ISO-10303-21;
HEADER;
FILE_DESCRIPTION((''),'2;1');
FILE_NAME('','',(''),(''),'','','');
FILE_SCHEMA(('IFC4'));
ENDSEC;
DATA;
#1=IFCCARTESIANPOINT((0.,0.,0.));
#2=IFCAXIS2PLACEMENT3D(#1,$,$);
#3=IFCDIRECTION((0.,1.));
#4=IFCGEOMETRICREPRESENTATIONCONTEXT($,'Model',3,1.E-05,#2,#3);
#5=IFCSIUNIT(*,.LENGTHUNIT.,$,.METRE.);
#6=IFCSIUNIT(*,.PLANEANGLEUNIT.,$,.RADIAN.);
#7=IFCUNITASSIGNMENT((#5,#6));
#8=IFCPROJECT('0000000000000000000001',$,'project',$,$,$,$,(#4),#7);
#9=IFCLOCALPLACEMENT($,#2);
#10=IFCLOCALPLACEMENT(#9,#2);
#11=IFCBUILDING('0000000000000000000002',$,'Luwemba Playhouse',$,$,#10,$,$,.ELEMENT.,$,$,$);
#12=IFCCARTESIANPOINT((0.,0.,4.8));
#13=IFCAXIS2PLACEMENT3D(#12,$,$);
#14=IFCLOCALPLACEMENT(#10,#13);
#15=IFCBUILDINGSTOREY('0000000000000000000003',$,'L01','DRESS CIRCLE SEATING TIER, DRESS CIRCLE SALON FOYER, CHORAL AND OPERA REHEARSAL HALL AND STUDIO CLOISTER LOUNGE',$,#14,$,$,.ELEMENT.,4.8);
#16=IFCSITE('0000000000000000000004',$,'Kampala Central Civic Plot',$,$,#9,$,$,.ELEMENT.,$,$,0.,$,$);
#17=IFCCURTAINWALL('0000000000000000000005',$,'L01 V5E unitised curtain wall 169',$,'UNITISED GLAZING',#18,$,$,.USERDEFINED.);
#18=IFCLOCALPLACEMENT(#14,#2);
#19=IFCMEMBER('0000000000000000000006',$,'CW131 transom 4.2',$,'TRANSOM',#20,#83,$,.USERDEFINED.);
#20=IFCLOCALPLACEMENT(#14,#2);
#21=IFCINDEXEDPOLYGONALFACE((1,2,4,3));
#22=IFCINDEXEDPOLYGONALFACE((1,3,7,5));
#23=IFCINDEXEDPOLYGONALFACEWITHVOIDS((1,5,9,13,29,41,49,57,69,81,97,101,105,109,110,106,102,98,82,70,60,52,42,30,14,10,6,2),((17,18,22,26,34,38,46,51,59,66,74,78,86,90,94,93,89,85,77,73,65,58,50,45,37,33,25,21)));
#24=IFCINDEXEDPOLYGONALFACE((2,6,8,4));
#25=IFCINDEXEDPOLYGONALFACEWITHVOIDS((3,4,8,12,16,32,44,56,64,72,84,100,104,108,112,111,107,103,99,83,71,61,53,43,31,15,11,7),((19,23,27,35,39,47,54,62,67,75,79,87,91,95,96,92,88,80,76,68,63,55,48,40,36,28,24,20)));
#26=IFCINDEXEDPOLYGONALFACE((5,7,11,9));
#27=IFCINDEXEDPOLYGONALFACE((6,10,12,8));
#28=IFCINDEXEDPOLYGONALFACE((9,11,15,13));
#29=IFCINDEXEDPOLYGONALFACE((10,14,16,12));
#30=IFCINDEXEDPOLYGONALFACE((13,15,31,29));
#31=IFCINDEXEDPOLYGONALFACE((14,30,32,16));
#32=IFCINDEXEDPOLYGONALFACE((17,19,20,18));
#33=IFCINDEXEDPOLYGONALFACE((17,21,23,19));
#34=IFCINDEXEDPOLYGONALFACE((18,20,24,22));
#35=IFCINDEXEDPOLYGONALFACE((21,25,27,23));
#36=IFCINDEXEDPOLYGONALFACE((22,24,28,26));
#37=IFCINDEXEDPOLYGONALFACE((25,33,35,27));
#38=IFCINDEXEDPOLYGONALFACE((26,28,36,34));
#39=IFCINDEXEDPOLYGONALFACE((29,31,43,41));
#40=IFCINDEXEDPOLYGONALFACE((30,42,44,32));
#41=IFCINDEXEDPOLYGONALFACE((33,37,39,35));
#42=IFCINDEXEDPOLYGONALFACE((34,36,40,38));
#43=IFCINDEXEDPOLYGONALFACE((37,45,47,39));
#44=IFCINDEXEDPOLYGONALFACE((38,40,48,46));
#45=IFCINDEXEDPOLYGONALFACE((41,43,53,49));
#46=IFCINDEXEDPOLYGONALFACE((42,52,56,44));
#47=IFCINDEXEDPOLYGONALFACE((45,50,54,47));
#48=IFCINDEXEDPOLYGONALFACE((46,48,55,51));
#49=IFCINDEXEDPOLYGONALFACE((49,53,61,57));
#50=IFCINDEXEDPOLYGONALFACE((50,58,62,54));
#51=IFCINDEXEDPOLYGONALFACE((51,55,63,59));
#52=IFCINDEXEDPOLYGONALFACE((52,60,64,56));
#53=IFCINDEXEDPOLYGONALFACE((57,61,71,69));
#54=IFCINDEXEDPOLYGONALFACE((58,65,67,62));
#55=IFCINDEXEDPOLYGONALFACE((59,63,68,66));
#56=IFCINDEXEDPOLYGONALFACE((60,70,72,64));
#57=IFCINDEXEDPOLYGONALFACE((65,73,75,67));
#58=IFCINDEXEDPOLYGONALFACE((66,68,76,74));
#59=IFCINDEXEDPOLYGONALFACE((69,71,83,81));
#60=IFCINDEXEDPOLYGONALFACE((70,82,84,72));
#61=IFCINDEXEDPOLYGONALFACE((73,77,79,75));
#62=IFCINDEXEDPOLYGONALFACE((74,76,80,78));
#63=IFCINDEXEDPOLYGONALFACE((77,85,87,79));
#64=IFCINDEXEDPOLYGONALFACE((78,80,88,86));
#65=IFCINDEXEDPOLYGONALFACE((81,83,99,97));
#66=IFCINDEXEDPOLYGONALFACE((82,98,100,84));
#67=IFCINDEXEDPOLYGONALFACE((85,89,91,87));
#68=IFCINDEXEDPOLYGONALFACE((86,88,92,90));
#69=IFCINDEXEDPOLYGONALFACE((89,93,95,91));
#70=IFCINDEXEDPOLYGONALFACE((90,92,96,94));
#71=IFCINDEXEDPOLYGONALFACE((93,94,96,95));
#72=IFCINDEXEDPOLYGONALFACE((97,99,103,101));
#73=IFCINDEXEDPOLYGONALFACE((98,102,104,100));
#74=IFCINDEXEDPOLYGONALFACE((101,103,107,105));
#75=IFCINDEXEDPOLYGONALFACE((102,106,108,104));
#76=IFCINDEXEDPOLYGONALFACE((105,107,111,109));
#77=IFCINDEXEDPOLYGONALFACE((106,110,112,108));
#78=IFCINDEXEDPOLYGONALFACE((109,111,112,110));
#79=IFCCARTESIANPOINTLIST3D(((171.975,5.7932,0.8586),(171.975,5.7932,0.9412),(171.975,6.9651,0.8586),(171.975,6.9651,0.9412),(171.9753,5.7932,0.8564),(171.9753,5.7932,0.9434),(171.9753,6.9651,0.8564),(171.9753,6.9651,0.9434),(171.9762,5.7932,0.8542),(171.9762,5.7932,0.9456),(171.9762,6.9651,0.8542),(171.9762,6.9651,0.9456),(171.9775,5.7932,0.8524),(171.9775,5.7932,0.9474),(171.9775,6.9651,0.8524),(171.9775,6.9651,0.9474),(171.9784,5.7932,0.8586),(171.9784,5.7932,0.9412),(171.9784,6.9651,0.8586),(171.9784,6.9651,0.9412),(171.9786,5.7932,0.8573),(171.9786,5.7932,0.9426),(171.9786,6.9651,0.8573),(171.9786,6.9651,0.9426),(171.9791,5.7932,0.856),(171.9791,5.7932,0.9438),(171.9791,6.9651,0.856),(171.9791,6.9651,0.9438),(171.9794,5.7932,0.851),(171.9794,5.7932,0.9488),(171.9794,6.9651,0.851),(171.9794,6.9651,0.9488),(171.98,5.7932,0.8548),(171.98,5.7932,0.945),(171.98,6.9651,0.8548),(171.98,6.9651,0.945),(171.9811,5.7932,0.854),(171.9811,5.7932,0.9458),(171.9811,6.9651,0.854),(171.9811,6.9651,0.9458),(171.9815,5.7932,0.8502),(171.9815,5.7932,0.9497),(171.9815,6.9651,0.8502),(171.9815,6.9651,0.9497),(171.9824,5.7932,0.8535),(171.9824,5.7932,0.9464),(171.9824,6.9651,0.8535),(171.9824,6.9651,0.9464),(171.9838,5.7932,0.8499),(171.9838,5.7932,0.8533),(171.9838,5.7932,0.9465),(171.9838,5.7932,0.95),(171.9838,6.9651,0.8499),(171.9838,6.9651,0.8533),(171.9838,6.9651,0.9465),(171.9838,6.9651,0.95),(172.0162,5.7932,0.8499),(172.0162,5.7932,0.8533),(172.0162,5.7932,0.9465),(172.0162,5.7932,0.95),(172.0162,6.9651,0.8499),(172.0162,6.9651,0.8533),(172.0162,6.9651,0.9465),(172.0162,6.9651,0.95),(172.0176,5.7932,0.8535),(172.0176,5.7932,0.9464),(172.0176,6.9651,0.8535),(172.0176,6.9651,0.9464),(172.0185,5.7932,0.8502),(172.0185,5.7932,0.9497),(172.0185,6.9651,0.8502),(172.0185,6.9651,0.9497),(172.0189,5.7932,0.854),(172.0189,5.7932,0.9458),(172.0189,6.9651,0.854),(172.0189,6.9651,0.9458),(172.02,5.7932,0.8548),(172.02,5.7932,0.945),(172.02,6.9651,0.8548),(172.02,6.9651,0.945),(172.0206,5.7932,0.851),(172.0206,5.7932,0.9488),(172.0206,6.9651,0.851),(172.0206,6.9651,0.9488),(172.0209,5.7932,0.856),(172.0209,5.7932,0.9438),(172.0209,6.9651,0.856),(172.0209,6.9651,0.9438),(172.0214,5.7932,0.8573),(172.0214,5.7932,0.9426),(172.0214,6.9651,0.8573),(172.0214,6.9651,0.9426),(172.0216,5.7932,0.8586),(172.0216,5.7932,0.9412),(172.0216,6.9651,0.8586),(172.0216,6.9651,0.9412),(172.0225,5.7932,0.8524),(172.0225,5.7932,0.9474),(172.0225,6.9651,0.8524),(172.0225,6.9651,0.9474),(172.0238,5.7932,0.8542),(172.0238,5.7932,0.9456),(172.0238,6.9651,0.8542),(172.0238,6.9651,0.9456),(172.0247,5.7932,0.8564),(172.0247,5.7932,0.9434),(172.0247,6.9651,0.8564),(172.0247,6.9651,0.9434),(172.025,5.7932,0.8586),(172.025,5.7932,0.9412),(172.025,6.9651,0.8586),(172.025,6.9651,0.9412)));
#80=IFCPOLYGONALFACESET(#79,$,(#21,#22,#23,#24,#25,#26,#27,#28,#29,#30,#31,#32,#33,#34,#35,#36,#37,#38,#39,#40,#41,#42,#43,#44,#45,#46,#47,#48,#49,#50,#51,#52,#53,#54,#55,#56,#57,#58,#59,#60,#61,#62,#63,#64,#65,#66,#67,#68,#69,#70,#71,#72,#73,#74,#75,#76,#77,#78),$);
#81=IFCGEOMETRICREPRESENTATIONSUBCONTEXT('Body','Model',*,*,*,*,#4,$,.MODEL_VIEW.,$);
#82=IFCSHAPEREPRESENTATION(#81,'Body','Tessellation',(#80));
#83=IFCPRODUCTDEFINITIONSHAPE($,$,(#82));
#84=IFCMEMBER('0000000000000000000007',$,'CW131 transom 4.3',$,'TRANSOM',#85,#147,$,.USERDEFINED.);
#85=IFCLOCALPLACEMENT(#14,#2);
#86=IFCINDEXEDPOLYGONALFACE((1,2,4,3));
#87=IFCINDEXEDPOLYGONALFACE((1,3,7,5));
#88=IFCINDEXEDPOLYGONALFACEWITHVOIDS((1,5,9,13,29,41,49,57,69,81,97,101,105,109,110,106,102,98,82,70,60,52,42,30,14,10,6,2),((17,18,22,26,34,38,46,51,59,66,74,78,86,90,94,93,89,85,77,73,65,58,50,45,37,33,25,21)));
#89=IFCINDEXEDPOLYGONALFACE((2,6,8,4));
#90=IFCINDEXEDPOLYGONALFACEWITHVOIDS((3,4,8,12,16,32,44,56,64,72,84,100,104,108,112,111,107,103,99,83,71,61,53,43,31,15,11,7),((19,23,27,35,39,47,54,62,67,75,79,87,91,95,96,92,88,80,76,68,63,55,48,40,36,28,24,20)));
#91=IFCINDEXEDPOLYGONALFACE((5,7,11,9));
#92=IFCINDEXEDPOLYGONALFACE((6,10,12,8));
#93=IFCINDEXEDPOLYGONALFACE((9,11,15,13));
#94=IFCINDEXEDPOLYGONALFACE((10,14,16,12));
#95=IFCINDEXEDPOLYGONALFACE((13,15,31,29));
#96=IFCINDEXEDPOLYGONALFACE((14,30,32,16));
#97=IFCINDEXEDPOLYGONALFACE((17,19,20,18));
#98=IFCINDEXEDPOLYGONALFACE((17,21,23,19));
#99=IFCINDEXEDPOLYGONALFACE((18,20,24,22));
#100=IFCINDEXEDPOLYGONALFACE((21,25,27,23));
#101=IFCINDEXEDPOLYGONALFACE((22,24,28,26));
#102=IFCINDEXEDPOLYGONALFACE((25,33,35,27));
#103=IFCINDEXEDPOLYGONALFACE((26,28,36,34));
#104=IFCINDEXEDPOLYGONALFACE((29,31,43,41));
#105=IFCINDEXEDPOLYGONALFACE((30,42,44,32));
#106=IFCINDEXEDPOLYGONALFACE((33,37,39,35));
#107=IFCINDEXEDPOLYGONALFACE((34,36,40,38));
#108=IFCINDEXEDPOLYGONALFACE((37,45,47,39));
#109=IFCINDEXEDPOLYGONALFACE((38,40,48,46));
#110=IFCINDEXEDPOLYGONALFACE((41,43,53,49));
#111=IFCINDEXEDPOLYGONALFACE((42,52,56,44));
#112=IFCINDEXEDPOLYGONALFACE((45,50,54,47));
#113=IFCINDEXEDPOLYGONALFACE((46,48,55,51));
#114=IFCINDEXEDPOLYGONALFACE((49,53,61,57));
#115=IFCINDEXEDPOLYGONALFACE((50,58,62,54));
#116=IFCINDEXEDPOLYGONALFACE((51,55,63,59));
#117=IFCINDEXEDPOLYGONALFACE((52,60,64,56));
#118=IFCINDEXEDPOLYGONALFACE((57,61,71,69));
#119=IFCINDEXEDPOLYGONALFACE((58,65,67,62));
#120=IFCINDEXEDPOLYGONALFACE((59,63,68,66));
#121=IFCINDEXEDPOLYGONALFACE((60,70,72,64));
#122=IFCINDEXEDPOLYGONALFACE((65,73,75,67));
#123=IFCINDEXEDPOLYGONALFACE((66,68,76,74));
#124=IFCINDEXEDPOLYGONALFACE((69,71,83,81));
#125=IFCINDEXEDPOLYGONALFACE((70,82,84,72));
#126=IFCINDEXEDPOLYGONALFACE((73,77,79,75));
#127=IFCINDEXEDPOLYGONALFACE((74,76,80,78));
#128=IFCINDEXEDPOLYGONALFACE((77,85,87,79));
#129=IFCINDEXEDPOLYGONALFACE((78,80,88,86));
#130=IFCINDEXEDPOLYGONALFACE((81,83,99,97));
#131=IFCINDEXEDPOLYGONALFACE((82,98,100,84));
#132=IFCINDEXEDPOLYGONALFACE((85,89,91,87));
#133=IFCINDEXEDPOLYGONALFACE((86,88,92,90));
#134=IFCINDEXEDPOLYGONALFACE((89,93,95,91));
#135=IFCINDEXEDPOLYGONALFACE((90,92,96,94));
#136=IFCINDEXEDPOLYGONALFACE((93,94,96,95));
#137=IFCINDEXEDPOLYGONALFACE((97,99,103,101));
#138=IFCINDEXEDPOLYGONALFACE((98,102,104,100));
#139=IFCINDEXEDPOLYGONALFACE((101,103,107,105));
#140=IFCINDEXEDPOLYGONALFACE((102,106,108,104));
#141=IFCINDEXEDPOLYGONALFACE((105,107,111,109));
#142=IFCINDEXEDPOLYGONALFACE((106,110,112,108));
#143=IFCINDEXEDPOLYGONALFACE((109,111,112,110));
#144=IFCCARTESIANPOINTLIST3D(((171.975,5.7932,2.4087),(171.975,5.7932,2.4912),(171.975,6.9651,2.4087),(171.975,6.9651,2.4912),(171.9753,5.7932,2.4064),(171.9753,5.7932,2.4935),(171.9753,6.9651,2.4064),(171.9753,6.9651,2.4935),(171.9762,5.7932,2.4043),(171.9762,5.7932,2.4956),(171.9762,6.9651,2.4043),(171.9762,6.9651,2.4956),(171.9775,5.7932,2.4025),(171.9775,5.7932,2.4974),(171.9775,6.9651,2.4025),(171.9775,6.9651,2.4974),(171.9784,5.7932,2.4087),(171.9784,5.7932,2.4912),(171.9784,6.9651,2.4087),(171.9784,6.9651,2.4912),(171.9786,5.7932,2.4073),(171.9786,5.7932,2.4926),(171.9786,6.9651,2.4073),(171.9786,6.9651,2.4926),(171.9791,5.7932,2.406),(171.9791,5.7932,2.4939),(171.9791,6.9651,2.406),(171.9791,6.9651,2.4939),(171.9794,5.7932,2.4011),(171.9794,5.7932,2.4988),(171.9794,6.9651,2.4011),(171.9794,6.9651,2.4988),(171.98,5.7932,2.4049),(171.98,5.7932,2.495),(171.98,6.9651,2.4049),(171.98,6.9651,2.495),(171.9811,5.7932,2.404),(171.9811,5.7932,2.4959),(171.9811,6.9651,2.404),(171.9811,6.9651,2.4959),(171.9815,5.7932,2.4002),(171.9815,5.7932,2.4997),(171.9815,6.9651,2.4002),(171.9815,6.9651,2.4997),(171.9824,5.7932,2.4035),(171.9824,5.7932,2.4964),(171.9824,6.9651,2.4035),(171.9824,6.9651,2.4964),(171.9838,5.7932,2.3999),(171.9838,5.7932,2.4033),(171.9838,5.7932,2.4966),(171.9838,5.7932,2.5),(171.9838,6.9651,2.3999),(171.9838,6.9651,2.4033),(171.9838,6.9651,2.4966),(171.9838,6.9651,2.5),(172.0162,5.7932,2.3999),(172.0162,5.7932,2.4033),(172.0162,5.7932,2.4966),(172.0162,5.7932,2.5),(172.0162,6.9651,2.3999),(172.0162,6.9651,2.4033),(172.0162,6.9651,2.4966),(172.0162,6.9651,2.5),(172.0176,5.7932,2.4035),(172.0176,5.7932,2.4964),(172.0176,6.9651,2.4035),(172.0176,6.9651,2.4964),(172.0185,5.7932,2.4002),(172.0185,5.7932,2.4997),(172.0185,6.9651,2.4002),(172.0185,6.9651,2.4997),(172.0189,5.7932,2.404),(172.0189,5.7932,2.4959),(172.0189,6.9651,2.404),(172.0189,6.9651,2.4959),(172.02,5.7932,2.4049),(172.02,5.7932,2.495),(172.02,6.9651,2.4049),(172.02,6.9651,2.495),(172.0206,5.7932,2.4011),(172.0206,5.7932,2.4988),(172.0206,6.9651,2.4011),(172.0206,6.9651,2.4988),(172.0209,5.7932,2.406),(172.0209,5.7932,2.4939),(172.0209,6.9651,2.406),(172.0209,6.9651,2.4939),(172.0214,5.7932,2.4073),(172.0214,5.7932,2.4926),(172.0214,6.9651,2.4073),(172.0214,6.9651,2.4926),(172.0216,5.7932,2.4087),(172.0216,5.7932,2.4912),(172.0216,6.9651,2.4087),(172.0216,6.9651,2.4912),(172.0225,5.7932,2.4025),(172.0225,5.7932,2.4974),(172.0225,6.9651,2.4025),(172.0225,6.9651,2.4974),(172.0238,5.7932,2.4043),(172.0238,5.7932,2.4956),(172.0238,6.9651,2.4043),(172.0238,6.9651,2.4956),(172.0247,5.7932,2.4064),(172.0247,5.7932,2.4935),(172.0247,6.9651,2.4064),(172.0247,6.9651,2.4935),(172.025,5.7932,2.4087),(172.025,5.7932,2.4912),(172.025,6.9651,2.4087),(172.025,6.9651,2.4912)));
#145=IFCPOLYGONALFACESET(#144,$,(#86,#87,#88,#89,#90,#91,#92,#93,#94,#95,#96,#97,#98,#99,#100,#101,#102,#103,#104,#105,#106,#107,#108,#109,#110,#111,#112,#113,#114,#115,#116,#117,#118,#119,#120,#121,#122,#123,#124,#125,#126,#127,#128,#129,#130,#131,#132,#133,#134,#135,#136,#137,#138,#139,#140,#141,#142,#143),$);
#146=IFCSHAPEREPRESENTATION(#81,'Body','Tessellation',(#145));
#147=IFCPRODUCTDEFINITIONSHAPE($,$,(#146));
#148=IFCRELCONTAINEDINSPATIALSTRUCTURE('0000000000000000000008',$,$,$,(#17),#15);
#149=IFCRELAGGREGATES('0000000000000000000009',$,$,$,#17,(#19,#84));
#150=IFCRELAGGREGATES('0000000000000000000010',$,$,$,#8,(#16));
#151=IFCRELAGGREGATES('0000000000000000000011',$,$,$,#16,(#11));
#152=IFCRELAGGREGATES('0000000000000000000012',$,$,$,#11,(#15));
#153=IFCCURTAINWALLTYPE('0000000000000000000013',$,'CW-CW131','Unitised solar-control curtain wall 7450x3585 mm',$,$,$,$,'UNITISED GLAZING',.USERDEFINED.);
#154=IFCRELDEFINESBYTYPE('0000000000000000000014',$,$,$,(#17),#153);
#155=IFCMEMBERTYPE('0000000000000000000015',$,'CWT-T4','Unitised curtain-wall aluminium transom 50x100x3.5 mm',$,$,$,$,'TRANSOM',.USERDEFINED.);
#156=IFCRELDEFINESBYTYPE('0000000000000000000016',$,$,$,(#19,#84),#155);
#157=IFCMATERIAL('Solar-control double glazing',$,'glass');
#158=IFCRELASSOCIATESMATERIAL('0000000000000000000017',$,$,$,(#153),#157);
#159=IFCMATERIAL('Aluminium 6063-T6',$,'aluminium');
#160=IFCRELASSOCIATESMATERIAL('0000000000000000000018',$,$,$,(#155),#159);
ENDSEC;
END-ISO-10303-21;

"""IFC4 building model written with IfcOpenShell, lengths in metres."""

from ifc_helpers import new_model, si_unit, direction, frame, origin, origin_2d, place, context, subcontext, project, spatial, hollow_rectangle, extrude, material, material_profile, profile_set, type_object, element, aggregate, save


model = new_model("IFC4")

# Units and contexts
model_context = context("Model", 3, precision=1e-05, world=origin(), true_north=direction((0.0, 1.0)))
body_context = subcontext(model_context, "Body", "Model", "MODEL_VIEW")
ifc_project = project(units=[si_unit("LENGTHUNIT", "METRE"), si_unit("PLANEANGLEUNIT", "RADIAN")], contexts=[model_context])

# Site, building, storey
site_placement = place(None, origin())
site = spatial("IfcSite", under=ifc_project, at=site_placement, Name="Kampala Central Civic Plot", CompositionType="ELEMENT", RefElevation=0.0)
building_placement = place(site_placement, origin())
building = spatial("IfcBuilding", under=site, at=building_placement, Name="Luwemba Playhouse", CompositionType="ELEMENT")
storey_placement = place(building_placement, frame((0.0, 0.0, 4.8)))
storey = spatial("IfcBuildingStorey", under=building, at=storey_placement, Name="L01", Description="DRESS CIRCLE SEATING TIER, DRESS CIRCLE SALON FOYER, CHORAL AND OPERA REHEARSAL HALL AND STUDIO CLOISTER LOUNGE", CompositionType="ELEMENT", Elevation=4.8)

# Curtain wall, members
ifc_material_1 = material(Name="Solar-control double glazing", Category="glass")
curtain_wall_type = type_object("IfcCurtainWallType", Name="CW-CW131", Description="Unitised solar-control curtain wall 7450x3585 mm", ElementType="UNITISED GLAZING", PredefinedType="USERDEFINED", material=ifc_material_1)
curtain_wall_placement = place(storey_placement, origin())
curtain_wall = element("IfcCurtainWall", 1, at=curtain_wall_placement, inside=storey, type_object=curtain_wall_type, Name="L01 V5E unitised curtain wall 169", ObjectType="UNITISED GLAZING", PredefinedType="USERDEFINED")
ifc_material_2 = material(Name="Aluminium 6063-T6", Category="aluminium")
ifc_material_profile_1 = material_profile(ifc_material_2, hollow_rectangle(XDim=0.05, YDim=0.1001, WallThickness=0.0034, InnerFilletRadius=0.0054, OuterFilletRadius=0.0088, at=origin_2d()))
ifc_profile_set_1 = profile_set([ifc_material_profile_1], Name="Aluminium 6063-T6")
member_type_1 = type_object("IfcMemberType", Name="CWT-T4", Description="Unitised curtain-wall aluminium transom 50x100x3.5 mm", ElementType="TRANSOM", PredefinedType="USERDEFINED", material=ifc_profile_set_1)
member_1_placement = place(storey_placement, frame((172.0, 6.9651, 0.8999), z_axis=(0.0, -1.0, 0.0), x_axis=(1.0, 0.0, 0.0)))
member_1 = element("IfcMember", 2, at=member_1_placement, type_object=member_type_1, Name="CW131 transom 4.2", ObjectType="TRANSOM", PredefinedType="USERDEFINED", context=body_context, shape_type="SweptSolid", body=[
    extrude(hollow_rectangle(XDim=0.05, YDim=0.1001, WallThickness=0.0034, InnerFilletRadius=0.0054, OuterFilletRadius=0.0088, at=origin_2d()), origin(), (0.0, 0.0, 1.0), 1.1719),
])
member_2_placement = place(storey_placement, frame((172.0, 6.9651, 2.45), z_axis=(0.0, -1.0, 0.0), x_axis=(1.0, 0.0, 0.0)))
member_2 = element("IfcMember", 3, at=member_2_placement, type_object=member_type_1, Name="CW131 transom 4.3", ObjectType="TRANSOM", PredefinedType="USERDEFINED", context=body_context, shape_type="SweptSolid", body=[
    extrude(hollow_rectangle(XDim=0.05, YDim=0.1001, WallThickness=0.0034, InnerFilletRadius=0.0054, OuterFilletRadius=0.0088, at=origin_2d()), origin(), (0.0, 0.0, 1.0), 1.1719),
])
aggregate(curtain_wall, [member_1, member_2])

save(model, "model.ifc")
